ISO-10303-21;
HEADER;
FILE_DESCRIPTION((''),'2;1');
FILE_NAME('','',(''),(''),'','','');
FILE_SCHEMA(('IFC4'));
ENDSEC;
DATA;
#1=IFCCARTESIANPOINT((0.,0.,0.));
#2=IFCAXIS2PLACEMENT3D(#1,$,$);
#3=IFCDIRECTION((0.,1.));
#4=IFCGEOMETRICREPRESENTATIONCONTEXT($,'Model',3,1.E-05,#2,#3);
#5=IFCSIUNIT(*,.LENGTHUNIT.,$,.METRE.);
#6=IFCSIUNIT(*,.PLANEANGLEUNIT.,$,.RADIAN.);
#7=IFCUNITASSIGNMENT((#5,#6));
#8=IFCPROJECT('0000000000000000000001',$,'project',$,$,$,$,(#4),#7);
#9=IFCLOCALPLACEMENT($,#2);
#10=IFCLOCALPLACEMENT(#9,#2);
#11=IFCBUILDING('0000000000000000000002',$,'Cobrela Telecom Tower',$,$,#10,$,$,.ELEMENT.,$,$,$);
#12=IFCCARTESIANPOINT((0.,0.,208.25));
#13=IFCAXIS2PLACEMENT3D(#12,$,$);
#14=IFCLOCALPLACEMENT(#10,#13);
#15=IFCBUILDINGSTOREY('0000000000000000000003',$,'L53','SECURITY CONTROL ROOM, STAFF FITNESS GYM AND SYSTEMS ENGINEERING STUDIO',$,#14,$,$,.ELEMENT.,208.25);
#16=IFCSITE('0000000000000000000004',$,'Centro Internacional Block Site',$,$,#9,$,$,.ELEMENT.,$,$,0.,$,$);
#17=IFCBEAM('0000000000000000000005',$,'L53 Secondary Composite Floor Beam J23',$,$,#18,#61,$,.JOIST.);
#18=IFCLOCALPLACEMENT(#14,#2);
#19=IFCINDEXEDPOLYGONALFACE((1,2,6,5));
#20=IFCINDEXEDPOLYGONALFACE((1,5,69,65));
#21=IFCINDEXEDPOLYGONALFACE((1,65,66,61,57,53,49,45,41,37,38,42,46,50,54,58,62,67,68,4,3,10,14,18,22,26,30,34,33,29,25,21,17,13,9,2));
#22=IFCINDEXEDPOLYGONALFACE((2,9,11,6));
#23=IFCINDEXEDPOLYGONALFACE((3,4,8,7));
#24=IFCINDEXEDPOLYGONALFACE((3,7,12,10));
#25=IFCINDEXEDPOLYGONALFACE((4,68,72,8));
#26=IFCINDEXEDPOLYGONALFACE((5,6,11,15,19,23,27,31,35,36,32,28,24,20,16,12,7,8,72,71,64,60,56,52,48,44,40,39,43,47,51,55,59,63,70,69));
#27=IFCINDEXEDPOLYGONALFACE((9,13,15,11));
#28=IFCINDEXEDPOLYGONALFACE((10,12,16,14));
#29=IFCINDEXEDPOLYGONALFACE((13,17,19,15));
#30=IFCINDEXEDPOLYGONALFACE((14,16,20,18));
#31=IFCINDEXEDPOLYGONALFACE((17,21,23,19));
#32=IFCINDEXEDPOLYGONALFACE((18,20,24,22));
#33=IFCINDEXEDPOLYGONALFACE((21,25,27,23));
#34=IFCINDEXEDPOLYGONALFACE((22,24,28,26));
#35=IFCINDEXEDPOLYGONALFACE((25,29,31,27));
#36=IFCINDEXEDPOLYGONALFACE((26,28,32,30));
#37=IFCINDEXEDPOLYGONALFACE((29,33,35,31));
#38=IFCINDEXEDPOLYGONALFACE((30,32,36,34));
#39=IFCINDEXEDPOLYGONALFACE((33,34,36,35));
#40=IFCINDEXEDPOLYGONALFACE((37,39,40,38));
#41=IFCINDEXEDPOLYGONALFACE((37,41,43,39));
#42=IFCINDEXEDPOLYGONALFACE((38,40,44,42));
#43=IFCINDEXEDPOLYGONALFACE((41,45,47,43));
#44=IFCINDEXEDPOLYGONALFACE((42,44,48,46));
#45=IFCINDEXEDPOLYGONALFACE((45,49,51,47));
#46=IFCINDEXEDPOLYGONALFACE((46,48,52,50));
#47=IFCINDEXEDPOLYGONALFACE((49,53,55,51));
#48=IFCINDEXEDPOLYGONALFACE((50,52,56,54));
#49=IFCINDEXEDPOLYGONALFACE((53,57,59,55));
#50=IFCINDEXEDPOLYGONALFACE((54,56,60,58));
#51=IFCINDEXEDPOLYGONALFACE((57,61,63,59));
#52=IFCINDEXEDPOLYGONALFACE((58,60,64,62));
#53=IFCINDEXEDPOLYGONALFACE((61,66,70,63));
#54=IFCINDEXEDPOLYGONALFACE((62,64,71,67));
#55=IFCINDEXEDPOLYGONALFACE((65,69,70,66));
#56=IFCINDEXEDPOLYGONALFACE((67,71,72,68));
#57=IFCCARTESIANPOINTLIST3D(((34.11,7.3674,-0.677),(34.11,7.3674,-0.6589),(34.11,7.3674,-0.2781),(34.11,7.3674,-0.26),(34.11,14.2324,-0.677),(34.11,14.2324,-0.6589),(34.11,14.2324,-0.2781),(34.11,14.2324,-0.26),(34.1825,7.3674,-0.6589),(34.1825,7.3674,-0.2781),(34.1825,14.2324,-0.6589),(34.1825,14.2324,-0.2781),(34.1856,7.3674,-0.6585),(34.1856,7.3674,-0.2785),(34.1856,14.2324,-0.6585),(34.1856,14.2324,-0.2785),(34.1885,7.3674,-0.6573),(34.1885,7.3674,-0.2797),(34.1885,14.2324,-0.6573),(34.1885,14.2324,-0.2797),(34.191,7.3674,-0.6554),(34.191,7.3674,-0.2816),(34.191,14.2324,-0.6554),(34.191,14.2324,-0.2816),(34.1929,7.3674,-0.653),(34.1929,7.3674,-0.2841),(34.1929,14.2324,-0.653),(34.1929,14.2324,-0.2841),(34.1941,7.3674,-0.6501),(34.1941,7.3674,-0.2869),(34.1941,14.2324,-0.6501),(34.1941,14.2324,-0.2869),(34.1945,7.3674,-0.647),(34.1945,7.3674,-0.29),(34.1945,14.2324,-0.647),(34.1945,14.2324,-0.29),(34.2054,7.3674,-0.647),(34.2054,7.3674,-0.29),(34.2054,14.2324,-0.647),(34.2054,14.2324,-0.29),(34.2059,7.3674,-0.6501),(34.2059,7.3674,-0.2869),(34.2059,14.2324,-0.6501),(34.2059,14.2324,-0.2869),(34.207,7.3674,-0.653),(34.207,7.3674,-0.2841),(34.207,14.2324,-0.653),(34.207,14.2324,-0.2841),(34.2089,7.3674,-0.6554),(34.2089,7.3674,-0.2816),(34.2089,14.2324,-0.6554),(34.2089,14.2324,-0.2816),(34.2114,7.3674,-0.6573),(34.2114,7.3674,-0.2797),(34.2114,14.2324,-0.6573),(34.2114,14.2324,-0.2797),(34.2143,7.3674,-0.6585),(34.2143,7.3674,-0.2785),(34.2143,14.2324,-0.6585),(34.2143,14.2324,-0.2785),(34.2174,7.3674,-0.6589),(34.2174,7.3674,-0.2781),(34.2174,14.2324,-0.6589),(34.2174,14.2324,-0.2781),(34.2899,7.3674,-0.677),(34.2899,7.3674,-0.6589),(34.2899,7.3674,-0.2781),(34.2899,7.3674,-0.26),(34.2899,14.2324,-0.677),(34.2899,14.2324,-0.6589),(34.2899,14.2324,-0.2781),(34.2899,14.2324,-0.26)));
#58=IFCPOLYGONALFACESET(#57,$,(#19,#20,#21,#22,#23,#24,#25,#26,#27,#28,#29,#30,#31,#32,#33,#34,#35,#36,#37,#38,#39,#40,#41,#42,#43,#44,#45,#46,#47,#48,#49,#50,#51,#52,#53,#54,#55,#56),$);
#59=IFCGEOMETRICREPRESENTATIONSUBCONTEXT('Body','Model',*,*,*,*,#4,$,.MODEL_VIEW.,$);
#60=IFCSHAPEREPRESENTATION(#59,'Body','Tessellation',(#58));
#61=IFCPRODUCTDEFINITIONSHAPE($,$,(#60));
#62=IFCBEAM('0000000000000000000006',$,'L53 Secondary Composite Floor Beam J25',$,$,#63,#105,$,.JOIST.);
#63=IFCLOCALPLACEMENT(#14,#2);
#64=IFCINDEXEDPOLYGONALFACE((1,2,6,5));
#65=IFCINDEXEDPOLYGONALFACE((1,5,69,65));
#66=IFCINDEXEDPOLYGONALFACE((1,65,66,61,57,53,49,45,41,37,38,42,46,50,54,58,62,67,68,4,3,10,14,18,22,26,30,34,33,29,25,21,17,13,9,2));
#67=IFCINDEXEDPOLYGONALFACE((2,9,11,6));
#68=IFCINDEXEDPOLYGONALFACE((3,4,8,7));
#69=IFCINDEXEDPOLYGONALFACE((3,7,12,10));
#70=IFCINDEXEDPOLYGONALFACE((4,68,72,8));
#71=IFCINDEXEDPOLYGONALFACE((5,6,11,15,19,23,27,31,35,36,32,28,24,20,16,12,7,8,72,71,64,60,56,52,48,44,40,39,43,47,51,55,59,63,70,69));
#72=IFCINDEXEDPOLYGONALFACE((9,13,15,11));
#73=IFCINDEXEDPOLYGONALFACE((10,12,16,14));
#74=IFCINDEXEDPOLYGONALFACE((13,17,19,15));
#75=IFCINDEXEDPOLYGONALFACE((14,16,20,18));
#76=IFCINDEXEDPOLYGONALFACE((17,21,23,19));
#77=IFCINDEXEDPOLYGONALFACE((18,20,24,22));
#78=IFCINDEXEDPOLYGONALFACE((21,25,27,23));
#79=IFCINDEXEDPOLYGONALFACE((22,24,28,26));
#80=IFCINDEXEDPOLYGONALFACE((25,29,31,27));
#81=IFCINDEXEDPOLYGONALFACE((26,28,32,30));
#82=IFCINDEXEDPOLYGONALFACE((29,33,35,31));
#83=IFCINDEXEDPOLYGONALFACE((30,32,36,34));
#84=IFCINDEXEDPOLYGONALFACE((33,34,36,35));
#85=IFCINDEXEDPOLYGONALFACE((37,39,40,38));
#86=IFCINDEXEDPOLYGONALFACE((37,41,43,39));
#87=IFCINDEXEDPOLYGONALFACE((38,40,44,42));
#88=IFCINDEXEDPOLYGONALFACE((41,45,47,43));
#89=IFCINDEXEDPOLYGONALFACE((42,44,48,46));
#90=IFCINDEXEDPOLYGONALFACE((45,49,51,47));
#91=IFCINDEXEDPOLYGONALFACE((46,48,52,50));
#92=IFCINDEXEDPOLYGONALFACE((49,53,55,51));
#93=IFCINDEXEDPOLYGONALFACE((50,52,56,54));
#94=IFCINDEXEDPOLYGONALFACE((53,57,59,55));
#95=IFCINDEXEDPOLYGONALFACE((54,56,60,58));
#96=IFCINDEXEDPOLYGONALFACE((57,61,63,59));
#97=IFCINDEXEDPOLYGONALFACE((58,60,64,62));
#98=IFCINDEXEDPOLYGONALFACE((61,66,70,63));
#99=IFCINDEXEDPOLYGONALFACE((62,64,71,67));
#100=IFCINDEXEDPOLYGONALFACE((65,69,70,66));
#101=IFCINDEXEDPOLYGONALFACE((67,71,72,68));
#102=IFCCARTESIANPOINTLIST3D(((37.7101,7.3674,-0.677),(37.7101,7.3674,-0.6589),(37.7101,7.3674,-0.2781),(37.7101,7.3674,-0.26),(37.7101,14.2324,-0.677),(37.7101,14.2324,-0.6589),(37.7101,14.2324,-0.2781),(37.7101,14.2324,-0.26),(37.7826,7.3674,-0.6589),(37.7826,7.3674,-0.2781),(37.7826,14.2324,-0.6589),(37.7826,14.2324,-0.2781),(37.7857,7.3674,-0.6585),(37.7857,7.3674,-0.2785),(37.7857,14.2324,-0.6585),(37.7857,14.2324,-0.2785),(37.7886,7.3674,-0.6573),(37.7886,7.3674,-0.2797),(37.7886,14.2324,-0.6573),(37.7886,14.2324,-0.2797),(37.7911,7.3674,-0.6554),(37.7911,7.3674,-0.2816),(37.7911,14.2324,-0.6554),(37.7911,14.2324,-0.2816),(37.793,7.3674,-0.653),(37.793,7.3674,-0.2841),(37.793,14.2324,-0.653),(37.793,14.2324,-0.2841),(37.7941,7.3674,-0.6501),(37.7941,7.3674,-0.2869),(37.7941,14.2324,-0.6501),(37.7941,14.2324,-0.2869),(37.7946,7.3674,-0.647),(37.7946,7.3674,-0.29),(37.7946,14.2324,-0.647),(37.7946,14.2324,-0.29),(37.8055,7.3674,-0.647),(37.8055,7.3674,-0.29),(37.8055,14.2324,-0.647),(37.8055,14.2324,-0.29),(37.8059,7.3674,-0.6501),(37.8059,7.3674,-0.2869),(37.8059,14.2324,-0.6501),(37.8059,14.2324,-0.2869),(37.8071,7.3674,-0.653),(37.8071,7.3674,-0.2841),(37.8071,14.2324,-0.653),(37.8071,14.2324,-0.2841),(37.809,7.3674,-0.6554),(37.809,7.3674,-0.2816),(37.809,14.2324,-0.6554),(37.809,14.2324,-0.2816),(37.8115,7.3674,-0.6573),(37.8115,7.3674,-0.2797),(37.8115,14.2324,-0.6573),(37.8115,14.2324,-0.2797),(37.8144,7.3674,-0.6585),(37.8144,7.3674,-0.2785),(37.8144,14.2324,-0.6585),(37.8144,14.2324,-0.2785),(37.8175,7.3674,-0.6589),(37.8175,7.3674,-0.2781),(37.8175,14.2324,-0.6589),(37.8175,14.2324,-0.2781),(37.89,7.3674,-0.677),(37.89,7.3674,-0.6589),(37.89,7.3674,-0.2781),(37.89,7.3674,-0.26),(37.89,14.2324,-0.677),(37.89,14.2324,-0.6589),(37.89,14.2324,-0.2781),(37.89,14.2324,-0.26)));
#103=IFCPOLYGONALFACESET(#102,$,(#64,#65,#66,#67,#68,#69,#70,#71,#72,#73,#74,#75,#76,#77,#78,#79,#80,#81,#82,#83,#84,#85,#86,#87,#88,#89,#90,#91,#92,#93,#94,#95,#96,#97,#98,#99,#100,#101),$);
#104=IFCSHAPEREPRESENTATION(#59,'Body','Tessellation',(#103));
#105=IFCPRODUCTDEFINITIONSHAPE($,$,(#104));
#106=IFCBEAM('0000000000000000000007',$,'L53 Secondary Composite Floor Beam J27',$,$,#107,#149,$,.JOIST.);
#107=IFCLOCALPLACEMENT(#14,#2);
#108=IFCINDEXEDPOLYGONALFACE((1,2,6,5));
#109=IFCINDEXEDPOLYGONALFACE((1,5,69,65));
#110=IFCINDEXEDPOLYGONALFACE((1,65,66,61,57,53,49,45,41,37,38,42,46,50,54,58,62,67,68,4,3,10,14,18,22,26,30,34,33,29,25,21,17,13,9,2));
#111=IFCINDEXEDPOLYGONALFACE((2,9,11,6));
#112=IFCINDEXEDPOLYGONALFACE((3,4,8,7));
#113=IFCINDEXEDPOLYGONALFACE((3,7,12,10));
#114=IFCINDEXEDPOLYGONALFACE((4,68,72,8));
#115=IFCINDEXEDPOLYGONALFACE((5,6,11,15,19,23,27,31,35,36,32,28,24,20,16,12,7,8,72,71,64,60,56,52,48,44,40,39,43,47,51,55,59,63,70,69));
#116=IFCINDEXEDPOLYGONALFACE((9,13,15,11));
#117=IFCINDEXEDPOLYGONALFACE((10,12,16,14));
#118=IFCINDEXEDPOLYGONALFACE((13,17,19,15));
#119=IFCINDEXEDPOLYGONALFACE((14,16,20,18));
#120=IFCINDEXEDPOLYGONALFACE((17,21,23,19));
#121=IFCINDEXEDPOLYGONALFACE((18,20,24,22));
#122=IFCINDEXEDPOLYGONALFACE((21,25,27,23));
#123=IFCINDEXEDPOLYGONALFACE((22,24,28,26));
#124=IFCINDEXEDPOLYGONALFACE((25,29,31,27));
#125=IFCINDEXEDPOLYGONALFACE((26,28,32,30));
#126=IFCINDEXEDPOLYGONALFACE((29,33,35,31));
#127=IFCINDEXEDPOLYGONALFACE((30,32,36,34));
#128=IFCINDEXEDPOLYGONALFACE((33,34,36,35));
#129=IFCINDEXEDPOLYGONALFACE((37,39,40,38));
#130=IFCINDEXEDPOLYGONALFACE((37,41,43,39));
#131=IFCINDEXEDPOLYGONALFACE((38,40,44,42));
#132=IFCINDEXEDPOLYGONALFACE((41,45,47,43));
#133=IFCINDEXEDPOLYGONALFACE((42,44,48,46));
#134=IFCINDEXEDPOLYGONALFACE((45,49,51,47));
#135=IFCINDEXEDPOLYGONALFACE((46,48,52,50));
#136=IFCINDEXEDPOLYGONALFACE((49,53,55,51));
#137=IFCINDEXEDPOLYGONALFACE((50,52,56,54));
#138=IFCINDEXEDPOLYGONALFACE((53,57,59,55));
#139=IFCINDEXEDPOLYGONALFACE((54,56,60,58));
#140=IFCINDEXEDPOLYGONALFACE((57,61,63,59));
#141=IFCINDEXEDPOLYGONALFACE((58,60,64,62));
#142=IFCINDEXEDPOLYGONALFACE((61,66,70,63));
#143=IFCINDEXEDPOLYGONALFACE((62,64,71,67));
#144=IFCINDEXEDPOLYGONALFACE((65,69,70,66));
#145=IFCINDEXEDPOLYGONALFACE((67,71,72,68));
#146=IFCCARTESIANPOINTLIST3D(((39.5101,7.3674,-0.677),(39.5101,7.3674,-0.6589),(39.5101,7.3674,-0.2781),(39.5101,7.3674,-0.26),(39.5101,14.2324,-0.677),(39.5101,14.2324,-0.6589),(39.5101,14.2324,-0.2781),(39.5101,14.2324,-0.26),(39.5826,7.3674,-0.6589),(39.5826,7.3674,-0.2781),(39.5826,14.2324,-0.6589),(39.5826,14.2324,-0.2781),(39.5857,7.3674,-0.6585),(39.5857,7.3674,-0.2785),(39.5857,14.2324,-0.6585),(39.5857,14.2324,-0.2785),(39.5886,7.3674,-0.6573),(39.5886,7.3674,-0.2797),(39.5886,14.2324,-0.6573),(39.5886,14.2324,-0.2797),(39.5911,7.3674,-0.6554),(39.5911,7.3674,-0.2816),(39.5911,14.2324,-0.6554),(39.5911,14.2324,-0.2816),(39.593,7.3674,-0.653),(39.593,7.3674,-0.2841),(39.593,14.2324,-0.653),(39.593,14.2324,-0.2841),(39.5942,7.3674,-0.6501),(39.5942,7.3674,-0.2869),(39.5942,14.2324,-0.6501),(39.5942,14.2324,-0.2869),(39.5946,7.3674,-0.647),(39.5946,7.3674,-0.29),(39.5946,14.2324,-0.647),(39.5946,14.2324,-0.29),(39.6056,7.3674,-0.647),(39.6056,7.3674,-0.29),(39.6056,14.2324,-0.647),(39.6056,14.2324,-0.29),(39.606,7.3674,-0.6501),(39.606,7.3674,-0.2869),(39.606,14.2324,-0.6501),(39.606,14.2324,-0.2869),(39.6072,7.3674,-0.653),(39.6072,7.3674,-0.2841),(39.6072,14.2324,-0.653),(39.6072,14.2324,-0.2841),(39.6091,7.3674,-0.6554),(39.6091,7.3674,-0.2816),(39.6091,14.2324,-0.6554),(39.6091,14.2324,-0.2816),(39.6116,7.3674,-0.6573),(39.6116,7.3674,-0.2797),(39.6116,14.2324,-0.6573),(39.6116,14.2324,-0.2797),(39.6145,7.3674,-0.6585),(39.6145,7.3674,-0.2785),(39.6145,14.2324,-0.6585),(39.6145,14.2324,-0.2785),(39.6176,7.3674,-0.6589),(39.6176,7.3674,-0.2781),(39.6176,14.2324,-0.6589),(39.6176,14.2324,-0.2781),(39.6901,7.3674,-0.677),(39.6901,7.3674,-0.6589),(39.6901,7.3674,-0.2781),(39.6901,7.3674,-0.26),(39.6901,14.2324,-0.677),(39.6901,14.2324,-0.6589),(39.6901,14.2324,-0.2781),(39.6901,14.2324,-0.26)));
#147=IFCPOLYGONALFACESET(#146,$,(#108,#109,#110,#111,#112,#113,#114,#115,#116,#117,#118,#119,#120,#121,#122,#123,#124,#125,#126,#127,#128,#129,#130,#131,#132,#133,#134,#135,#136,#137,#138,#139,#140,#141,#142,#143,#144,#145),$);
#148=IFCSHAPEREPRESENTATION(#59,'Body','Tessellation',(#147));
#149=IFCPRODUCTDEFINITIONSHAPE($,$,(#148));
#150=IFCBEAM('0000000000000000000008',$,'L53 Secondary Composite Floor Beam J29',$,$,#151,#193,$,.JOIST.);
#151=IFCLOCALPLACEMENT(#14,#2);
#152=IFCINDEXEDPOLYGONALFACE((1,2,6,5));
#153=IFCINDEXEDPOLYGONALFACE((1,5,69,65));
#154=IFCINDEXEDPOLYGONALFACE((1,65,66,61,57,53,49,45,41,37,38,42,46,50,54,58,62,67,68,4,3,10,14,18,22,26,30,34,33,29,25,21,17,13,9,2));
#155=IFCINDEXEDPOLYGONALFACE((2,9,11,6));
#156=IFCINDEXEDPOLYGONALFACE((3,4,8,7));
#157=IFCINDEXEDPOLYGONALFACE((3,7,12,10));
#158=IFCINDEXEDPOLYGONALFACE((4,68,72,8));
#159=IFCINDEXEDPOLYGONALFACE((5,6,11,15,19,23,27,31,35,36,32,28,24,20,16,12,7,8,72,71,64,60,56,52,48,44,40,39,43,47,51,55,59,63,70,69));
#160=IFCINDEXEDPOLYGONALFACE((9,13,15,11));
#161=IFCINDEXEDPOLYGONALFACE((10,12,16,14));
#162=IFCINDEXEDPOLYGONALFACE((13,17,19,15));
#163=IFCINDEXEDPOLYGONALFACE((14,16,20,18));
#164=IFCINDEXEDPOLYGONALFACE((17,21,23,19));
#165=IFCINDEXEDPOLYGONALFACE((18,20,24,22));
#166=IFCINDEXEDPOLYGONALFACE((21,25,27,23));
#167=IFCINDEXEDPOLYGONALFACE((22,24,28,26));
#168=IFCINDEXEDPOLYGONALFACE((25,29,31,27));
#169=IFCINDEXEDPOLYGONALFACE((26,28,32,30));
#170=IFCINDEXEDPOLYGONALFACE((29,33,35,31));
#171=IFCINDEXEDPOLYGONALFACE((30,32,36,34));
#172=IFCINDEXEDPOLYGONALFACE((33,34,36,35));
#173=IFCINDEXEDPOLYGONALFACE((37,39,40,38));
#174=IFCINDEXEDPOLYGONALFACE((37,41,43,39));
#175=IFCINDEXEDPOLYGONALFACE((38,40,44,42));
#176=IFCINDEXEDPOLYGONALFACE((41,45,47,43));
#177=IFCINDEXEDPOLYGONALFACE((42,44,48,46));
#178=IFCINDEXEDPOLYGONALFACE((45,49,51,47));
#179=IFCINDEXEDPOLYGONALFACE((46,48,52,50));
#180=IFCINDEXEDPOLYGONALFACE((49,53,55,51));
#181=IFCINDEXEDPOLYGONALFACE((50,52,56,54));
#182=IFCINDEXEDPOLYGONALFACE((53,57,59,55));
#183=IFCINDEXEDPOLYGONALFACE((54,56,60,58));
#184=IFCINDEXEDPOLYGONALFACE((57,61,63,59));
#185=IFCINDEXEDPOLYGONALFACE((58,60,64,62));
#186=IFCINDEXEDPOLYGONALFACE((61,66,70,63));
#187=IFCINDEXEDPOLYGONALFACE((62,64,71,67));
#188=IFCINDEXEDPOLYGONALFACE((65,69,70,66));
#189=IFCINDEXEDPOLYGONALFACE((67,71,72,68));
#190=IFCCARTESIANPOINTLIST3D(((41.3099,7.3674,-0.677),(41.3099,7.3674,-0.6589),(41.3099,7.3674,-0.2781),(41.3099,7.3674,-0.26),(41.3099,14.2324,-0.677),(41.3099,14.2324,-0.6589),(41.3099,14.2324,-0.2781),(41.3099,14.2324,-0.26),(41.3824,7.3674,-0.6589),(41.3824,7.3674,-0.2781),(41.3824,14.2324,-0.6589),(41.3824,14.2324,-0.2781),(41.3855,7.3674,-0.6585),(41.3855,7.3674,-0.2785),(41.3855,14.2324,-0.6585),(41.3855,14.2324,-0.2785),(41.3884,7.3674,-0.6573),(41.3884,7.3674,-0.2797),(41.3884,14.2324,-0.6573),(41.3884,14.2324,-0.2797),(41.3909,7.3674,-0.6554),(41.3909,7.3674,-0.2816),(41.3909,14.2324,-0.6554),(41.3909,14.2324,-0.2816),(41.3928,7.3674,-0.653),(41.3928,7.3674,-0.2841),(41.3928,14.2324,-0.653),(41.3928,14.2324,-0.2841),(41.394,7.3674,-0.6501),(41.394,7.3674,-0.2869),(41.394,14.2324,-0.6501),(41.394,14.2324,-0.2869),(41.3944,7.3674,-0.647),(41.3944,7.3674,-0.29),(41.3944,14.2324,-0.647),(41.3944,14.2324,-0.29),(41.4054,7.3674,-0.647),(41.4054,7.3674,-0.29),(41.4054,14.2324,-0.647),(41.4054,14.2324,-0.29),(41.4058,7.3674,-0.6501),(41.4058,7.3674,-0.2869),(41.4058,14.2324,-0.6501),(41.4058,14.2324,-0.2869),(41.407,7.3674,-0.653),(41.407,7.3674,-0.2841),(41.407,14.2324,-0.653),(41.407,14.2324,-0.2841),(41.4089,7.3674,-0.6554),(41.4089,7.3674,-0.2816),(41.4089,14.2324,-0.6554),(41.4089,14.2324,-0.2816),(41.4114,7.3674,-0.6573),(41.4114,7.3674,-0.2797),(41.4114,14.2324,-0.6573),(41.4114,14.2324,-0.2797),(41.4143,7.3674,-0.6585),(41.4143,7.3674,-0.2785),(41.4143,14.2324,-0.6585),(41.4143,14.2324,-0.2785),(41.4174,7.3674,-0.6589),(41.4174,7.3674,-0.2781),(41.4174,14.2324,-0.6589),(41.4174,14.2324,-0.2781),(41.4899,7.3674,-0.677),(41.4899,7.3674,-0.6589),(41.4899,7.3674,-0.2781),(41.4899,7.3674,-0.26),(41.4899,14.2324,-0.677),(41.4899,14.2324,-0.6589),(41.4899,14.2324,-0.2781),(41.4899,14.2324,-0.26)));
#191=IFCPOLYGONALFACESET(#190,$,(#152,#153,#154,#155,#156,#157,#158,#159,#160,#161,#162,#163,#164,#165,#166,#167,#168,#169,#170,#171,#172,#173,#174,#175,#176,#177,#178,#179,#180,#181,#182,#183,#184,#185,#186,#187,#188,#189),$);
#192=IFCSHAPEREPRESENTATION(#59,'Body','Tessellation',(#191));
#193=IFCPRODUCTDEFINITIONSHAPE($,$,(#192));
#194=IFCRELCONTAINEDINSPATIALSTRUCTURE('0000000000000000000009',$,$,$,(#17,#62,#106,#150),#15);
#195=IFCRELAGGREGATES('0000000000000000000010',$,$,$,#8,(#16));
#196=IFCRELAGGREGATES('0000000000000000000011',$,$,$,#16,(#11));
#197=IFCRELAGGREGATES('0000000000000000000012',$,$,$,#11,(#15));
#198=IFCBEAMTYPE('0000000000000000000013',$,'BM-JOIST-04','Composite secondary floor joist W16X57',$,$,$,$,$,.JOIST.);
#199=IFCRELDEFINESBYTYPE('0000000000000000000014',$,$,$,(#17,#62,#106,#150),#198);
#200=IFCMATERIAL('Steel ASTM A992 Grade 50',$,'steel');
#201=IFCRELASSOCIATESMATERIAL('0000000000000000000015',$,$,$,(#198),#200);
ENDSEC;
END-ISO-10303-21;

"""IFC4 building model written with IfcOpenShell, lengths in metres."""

from ifc_helpers import new_model, si_unit, direction, frame, origin, origin_2d, place, context, subcontext, project, spatial, i_section, extrude, material, material_profile, profile_set, type_object, element, save


model = new_model("IFC4")

# Units and contexts
model_context = context("Model", 3, precision=1e-05, world=origin(), true_north=direction((0.0, 1.0)))
body_context = subcontext(model_context, "Body", "Model", "MODEL_VIEW")
ifc_project = project(units=[si_unit("LENGTHUNIT", "METRE"), si_unit("PLANEANGLEUNIT", "RADIAN")], contexts=[model_context])

# Site, building, storey
site_placement = place(None, origin())
site = spatial("IfcSite", under=ifc_project, at=site_placement, Name="Centro Internacional Block Site", CompositionType="ELEMENT", RefElevation=0.0)
building_placement = place(site_placement, origin())
building = spatial("IfcBuilding", under=site, at=building_placement, Name="Cobrela Telecom Tower", CompositionType="ELEMENT")
storey_placement = place(building_placement, frame((0.0, 0.0, 208.25)))
storey = spatial("IfcBuildingStorey", under=building, at=storey_placement, Name="L53", Description="SECURITY CONTROL ROOM, STAFF FITNESS GYM AND SYSTEMS ENGINEERING STUDIO", CompositionType="ELEMENT", Elevation=208.25)

# Shared definitions
ifc_material_1 = material(Name="Steel ASTM A992 Grade 50", Category="steel")

# Beams
ifc_material_profile_1 = material_profile(ifc_material_1, i_section(OverallWidth=0.1799, OverallDepth=0.417, WebThickness=0.011, FlangeThickness=0.0181, FilletRadius=0.012, at=origin_2d()), Name="W16X57")
ifc_profile_set_1 = profile_set([ifc_material_profile_1], Name="Steel ASTM A992 Grade 50")
beam_type_1 = type_object("IfcBeamType", Name="BM-JOIST-04", Description="Composite secondary floor joist W16X57", PredefinedType="JOIST", material=ifc_profile_set_1)
for number, where, z_axis, x_axis, name in (
    (1, (34.2, 7.3674, -0.4685), (0.0, 1.0, 0.0), (-1.0, 0.0, 0.0), "L53 Secondary Composite Floor Beam J23"),
    (2, (37.8, 7.3674, -0.4685), (0.0, 1.0, 0.0), (-1.0, 0.0, 0.0), "L53 Secondary Composite Floor Beam J25"),
    (3, (39.6001, 7.3674, -0.4685), (0.0, 1.0, 0.0), (-1.0, 0.0, 0.0), "L53 Secondary Composite Floor Beam J27"),
    (4, (41.3999, 7.3674, -0.4685), (0.0, 1.0, 0.0), (-1.0, 0.0, 0.0), "L53 Secondary Composite Floor Beam J29"),
):
    element("IfcBeam", number, at=place(storey_placement, frame(where, z_axis=z_axis, x_axis=x_axis)), inside=storey, type_object=beam_type_1, Name=name, PredefinedType="JOIST", context=body_context, shape_type="SweptSolid", body=[
        extrude(i_section(OverallWidth=0.1799, OverallDepth=0.417, WebThickness=0.011, FlangeThickness=0.0181, FilletRadius=0.012, at=origin_2d()), origin(), (0.0, 0.0, 1.0), 6.865),
    ])

save(model, "model.ifc")
